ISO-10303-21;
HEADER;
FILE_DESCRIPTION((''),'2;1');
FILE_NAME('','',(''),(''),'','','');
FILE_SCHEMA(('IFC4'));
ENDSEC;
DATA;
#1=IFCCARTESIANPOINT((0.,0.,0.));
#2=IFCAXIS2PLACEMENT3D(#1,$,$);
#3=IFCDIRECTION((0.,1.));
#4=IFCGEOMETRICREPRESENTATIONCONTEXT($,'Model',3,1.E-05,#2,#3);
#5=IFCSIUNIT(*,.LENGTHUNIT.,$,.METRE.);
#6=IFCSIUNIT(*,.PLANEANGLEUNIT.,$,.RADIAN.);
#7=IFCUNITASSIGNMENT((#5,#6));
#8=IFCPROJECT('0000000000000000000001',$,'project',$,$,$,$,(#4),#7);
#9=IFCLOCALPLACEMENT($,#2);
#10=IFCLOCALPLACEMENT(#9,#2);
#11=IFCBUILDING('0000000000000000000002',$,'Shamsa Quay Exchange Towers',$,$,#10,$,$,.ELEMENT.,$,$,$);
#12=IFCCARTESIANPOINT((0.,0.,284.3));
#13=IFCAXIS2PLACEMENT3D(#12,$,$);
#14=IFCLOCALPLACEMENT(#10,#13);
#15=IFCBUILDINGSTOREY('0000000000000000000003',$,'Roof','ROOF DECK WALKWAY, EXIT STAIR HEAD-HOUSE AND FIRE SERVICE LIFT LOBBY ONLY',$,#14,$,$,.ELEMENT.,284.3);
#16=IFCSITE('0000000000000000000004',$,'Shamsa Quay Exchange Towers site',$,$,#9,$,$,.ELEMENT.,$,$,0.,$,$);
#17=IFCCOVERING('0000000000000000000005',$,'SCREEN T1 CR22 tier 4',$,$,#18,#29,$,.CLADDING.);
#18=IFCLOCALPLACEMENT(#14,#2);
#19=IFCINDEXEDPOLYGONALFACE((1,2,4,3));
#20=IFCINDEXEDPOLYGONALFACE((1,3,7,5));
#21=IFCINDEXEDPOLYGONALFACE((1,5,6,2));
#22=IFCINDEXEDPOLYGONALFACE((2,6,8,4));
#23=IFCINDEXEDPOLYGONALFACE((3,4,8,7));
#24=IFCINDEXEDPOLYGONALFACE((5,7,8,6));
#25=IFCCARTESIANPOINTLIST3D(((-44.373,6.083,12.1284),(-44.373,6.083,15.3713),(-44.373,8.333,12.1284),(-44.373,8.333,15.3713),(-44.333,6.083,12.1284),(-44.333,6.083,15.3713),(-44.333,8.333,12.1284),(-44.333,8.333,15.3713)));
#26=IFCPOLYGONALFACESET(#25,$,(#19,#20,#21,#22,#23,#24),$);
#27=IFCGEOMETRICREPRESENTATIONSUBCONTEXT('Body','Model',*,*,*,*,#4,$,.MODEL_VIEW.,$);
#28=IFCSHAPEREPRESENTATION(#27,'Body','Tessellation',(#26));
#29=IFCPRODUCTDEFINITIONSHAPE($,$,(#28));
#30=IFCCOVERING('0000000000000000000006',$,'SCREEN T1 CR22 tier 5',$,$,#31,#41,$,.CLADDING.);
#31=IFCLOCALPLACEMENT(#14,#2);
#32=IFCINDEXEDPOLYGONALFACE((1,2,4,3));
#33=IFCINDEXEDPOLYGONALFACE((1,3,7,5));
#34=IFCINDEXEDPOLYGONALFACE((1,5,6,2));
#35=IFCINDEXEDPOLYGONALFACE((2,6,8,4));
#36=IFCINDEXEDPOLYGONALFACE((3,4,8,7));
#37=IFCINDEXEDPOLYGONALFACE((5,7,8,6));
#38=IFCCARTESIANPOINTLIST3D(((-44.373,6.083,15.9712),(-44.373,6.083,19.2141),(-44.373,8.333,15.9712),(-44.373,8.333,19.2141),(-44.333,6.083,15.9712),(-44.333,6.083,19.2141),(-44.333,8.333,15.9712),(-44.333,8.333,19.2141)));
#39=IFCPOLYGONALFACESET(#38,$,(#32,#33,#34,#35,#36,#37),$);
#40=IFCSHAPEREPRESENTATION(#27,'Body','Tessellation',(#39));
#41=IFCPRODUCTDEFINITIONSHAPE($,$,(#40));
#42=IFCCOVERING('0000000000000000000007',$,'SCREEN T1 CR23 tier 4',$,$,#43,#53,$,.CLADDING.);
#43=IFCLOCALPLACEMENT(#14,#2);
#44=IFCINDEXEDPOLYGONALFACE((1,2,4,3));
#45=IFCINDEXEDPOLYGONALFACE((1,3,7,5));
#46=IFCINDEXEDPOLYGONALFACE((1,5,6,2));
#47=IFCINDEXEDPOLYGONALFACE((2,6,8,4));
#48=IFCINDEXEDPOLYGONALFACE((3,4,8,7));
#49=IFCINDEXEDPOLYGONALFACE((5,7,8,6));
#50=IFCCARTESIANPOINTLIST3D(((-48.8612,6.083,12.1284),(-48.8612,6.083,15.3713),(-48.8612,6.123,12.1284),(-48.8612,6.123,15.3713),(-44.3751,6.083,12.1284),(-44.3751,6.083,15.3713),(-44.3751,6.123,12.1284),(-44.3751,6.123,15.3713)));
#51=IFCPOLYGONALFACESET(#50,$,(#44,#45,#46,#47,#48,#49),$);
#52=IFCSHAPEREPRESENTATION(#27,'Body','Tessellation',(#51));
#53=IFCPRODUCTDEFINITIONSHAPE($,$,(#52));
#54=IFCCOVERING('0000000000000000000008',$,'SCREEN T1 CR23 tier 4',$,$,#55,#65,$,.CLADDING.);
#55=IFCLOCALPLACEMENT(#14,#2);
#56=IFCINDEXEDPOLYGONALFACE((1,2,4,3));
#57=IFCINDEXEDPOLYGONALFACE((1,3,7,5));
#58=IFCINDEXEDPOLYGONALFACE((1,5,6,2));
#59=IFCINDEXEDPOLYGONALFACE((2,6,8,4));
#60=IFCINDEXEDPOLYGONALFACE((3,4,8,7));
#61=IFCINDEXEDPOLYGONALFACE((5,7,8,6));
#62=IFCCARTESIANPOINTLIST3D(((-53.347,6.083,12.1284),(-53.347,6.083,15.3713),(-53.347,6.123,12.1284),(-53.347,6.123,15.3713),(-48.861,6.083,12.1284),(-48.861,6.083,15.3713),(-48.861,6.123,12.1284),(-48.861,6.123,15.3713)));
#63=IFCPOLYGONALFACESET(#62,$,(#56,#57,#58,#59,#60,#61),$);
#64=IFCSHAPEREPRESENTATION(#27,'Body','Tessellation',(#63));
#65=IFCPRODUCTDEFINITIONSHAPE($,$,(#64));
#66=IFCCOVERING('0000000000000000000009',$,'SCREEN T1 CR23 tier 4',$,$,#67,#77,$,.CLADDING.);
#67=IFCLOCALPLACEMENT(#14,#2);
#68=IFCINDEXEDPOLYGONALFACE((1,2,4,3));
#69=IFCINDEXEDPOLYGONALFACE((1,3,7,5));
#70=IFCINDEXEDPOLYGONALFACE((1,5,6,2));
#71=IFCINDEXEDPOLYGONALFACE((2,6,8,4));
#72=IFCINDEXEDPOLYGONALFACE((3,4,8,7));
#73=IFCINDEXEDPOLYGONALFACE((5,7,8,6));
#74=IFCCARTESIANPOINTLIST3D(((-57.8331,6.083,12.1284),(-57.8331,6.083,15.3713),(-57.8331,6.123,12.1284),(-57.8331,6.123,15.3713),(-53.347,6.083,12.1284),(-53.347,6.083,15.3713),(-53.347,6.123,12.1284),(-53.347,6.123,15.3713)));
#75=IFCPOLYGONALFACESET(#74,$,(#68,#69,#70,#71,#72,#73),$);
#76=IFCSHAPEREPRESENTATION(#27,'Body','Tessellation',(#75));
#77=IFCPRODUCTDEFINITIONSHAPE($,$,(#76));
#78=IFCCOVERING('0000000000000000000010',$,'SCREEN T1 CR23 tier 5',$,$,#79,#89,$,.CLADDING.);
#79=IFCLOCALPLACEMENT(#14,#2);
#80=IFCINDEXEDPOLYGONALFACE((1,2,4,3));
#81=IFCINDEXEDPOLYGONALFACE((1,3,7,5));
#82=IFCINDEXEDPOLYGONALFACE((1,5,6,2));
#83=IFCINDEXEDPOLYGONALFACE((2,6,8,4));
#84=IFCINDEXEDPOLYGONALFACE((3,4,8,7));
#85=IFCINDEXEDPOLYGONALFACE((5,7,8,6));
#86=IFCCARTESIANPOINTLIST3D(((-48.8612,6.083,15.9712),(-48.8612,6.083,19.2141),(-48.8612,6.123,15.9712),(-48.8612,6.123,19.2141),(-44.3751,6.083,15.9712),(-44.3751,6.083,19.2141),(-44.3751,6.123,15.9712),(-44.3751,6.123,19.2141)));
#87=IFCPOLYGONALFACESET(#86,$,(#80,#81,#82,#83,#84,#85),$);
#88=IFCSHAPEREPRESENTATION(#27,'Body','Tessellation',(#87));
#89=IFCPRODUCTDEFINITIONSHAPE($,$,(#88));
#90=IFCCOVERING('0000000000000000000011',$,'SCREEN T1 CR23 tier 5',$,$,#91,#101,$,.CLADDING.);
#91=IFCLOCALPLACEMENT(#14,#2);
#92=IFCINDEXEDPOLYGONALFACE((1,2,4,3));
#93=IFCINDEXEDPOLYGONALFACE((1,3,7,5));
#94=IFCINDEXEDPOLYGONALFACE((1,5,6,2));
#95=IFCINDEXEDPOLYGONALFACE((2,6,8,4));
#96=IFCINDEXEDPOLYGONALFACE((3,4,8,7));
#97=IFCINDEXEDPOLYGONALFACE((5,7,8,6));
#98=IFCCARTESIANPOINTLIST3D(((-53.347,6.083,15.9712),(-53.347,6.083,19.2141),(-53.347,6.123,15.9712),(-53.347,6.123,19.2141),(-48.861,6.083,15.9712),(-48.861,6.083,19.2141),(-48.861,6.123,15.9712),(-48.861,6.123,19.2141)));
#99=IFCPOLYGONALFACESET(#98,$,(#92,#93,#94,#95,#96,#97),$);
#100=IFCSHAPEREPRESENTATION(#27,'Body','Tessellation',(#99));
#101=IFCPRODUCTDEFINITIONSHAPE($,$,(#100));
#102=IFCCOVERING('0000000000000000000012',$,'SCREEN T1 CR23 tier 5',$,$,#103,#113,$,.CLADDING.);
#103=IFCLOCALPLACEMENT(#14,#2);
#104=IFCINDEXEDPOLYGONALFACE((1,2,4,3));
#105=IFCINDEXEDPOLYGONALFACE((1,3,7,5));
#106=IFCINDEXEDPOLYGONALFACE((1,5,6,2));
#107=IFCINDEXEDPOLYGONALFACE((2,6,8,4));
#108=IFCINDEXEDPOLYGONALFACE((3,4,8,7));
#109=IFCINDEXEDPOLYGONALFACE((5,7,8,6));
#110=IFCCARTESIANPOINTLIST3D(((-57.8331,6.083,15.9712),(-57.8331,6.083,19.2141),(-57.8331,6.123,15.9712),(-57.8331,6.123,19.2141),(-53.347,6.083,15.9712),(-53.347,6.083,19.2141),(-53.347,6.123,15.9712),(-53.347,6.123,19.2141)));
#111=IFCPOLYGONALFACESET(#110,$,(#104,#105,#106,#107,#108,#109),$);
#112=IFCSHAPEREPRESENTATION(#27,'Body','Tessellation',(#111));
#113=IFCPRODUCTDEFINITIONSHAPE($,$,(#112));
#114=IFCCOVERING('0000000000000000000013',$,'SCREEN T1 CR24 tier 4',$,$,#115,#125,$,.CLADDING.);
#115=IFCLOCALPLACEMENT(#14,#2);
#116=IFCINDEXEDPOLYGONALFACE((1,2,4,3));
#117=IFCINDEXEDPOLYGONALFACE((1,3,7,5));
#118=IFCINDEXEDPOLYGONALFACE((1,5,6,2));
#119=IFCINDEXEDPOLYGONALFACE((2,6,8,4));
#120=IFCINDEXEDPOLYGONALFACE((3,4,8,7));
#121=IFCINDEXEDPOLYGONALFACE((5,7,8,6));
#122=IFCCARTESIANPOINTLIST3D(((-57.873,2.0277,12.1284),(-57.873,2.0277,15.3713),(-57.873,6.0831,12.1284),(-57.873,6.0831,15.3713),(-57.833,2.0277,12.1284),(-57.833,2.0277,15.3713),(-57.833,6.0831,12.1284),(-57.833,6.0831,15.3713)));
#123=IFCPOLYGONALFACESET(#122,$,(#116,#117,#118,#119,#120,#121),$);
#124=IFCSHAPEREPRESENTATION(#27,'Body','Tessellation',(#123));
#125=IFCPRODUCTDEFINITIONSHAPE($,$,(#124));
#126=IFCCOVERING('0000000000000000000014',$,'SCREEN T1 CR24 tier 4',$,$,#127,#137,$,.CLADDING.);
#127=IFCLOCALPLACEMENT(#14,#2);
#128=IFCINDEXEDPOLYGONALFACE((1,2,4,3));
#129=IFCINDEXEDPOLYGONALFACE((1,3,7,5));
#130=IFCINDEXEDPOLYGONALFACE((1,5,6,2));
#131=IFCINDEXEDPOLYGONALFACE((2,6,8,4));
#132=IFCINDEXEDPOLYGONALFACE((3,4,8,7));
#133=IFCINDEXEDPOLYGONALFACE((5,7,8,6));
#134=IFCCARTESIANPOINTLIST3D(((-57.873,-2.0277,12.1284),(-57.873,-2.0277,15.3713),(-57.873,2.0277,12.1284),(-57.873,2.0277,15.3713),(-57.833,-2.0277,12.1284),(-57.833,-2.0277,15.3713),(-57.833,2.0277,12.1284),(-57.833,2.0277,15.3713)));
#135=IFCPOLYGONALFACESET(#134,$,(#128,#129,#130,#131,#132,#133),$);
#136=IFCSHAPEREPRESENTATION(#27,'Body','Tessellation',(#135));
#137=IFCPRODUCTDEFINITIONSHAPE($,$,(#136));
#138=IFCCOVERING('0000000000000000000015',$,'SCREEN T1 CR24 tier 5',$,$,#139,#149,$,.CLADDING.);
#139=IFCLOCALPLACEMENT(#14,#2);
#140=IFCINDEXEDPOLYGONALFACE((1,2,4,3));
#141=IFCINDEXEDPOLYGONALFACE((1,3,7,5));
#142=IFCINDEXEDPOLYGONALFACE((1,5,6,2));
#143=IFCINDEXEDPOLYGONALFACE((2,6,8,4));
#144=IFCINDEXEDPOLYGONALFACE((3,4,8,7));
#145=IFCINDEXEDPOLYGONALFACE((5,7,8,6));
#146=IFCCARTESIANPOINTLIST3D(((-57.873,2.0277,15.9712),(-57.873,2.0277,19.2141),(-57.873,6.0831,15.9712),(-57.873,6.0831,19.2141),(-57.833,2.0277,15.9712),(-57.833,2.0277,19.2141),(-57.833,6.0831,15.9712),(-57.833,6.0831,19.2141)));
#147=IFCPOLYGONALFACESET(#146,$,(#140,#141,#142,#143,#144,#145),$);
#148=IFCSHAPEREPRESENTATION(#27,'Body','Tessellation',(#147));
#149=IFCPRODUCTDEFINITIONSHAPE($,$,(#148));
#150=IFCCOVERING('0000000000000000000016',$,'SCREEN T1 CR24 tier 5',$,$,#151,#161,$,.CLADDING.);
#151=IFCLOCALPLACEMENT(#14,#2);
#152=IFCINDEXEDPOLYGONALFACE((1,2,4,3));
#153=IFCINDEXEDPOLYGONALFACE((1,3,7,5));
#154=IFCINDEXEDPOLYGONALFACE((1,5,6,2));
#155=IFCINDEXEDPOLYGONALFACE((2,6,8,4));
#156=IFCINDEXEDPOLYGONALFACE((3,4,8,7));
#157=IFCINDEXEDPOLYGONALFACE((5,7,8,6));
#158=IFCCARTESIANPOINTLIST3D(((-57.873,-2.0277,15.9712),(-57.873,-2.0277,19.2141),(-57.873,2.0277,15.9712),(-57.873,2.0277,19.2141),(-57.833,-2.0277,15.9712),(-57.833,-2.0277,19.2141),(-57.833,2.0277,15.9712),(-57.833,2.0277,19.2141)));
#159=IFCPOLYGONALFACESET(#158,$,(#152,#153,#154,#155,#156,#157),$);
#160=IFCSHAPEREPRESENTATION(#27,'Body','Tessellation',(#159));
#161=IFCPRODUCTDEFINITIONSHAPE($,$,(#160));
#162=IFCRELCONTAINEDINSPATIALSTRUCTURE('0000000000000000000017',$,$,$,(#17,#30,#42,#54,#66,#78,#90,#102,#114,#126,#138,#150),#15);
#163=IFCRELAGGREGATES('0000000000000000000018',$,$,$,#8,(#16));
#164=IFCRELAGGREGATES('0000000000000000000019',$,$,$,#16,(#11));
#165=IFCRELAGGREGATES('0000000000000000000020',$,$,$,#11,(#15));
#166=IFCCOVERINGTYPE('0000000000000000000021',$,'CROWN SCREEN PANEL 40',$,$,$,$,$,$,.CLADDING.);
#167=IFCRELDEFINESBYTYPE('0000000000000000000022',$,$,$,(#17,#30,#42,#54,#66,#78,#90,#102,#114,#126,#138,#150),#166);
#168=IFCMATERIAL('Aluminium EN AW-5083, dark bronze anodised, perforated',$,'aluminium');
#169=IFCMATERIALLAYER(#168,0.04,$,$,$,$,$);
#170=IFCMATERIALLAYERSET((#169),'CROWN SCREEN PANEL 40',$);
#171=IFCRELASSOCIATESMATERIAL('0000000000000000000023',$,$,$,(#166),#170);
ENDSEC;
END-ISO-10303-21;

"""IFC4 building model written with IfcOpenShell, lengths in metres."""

from ifc_helpers import new_model, si_unit, direction, frame, origin, origin_2d, place, context, subcontext, project, spatial, rectangle, extrude, material, layer, layer_set, type_object, element, save


model = new_model("IFC4")

# Units and contexts
model_context = context("Model", 3, precision=1e-05, world=origin(), true_north=direction((0.0, 1.0)))
body_context = subcontext(model_context, "Body", "Model", "MODEL_VIEW")
ifc_project = project(units=[si_unit("LENGTHUNIT", "METRE"), si_unit("PLANEANGLEUNIT", "RADIAN")], contexts=[model_context])

# Site, building, storey
site_placement = place(None, origin())
site = spatial("IfcSite", under=ifc_project, at=site_placement, Name="Shamsa Quay Exchange Towers site", CompositionType="ELEMENT", RefElevation=0.0)
building_placement = place(site_placement, origin())
building = spatial("IfcBuilding", under=site, at=building_placement, Name="Shamsa Quay Exchange Towers", CompositionType="ELEMENT")
storey_placement = place(building_placement, frame((0.0, 0.0, 284.3)))
storey = spatial("IfcBuildingStorey", under=building, at=storey_placement, Name="Roof", Description="ROOF DECK WALKWAY, EXIT STAIR HEAD-HOUSE AND FIRE SERVICE LIFT LOBBY ONLY", CompositionType="ELEMENT", Elevation=284.3)

# Coverings
ifc_material_1 = material(Name="Aluminium EN AW-5083, dark bronze anodised, perforated", Category="aluminium")
ifc_layer = layer(ifc_material_1, 0.04)
ifc_layer_set = layer_set([ifc_layer], Name="CROWN SCREEN PANEL 40")
covering_type = type_object("IfcCoveringType", Name="CROWN SCREEN PANEL 40", PredefinedType="CLADDING", material=ifc_layer_set)
for number, where, z_axis, x_axis, name in (
    (1, (-44.353, 7.208, 12.1284), (0.0, 0.0, 1.0), (0.0, -1.0, 0.0), "SCREEN T1 CR22 tier 4"),
    (2, (-44.353, 7.208, 15.9712), (0.0, 0.0, 1.0), (0.0, -1.0, 0.0), "SCREEN T1 CR22 tier 5"),
):
    element("IfcCovering", number, at=place(storey_placement, frame(where, z_axis=z_axis, x_axis=x_axis)), inside=storey, type_object=covering_type, Name=name, PredefinedType="CLADDING", context=body_context, shape_type="SweptSolid", body=[
        extrude(rectangle(XDim=2.25, YDim=0.04, at=origin_2d()), origin(), (0.0, 0.0, 1.0), 3.2429),
    ])
for number, where, z_axis, x_axis, name in (
    (3, (-46.6182, 6.103, 12.1284), (0.0, 0.0, 1.0), (-1.0, 0.0, 0.0), "SCREEN T1 CR23 tier 4"),
    (4, (-51.104, 6.103, 12.1284), (0.0, 0.0, 1.0), (-1.0, 0.0, 0.0), "SCREEN T1 CR23 tier 4"),
    (5, (-55.5901, 6.103, 12.1284), (0.0, 0.0, 1.0), (-1.0, 0.0, 0.0), "SCREEN T1 CR23 tier 4"),
    (6, (-46.6182, 6.103, 15.9712), (0.0, 0.0, 1.0), (-1.0, 0.0, 0.0), "SCREEN T1 CR23 tier 5"),
    (7, (-51.104, 6.103, 15.9712), (0.0, 0.0, 1.0), (-1.0, 0.0, 0.0), "SCREEN T1 CR23 tier 5"),
    (8, (-55.5901, 6.103, 15.9712), (0.0, 0.0, 1.0), (-1.0, 0.0, 0.0), "SCREEN T1 CR23 tier 5"),
):
    element("IfcCovering", number, at=place(storey_placement, frame(where, z_axis=z_axis, x_axis=x_axis)), inside=storey, type_object=covering_type, Name=name, PredefinedType="CLADDING", context=body_context, shape_type="SweptSolid", body=[
        extrude(rectangle(XDim=4.4861, YDim=0.04, at=origin_2d()), origin(), (0.0, 0.0, 1.0), 3.2429),
    ])
for number, where, z_axis, x_axis, name in (
    (9, (-57.853, 4.0554, 12.1284), (0.0, 0.0, 1.0), (0.0, -1.0, 0.0), "SCREEN T1 CR24 tier 4"),
    (10, (-57.853, 0.0, 12.1284), (0.0, 0.0, 1.0), (0.0, -1.0, 0.0), "SCREEN T1 CR24 tier 4"),
    (11, (-57.853, 4.0554, 15.9712), (0.0, 0.0, 1.0), (0.0, -1.0, 0.0), "SCREEN T1 CR24 tier 5"),
    (12, (-57.853, 0.0, 15.9712), (0.0, 0.0, 1.0), (0.0, -1.0, 0.0), "SCREEN T1 CR24 tier 5"),
):
    element("IfcCovering", number, at=place(storey_placement, frame(where, z_axis=z_axis, x_axis=x_axis)), inside=storey, type_object=covering_type, Name=name, PredefinedType="CLADDING", context=body_context, shape_type="SweptSolid", body=[
        extrude(rectangle(XDim=4.0554, YDim=0.04, at=origin_2d()), origin(), (0.0, 0.0, 1.0), 3.2429),
    ])

save(model, "model.ifc")
